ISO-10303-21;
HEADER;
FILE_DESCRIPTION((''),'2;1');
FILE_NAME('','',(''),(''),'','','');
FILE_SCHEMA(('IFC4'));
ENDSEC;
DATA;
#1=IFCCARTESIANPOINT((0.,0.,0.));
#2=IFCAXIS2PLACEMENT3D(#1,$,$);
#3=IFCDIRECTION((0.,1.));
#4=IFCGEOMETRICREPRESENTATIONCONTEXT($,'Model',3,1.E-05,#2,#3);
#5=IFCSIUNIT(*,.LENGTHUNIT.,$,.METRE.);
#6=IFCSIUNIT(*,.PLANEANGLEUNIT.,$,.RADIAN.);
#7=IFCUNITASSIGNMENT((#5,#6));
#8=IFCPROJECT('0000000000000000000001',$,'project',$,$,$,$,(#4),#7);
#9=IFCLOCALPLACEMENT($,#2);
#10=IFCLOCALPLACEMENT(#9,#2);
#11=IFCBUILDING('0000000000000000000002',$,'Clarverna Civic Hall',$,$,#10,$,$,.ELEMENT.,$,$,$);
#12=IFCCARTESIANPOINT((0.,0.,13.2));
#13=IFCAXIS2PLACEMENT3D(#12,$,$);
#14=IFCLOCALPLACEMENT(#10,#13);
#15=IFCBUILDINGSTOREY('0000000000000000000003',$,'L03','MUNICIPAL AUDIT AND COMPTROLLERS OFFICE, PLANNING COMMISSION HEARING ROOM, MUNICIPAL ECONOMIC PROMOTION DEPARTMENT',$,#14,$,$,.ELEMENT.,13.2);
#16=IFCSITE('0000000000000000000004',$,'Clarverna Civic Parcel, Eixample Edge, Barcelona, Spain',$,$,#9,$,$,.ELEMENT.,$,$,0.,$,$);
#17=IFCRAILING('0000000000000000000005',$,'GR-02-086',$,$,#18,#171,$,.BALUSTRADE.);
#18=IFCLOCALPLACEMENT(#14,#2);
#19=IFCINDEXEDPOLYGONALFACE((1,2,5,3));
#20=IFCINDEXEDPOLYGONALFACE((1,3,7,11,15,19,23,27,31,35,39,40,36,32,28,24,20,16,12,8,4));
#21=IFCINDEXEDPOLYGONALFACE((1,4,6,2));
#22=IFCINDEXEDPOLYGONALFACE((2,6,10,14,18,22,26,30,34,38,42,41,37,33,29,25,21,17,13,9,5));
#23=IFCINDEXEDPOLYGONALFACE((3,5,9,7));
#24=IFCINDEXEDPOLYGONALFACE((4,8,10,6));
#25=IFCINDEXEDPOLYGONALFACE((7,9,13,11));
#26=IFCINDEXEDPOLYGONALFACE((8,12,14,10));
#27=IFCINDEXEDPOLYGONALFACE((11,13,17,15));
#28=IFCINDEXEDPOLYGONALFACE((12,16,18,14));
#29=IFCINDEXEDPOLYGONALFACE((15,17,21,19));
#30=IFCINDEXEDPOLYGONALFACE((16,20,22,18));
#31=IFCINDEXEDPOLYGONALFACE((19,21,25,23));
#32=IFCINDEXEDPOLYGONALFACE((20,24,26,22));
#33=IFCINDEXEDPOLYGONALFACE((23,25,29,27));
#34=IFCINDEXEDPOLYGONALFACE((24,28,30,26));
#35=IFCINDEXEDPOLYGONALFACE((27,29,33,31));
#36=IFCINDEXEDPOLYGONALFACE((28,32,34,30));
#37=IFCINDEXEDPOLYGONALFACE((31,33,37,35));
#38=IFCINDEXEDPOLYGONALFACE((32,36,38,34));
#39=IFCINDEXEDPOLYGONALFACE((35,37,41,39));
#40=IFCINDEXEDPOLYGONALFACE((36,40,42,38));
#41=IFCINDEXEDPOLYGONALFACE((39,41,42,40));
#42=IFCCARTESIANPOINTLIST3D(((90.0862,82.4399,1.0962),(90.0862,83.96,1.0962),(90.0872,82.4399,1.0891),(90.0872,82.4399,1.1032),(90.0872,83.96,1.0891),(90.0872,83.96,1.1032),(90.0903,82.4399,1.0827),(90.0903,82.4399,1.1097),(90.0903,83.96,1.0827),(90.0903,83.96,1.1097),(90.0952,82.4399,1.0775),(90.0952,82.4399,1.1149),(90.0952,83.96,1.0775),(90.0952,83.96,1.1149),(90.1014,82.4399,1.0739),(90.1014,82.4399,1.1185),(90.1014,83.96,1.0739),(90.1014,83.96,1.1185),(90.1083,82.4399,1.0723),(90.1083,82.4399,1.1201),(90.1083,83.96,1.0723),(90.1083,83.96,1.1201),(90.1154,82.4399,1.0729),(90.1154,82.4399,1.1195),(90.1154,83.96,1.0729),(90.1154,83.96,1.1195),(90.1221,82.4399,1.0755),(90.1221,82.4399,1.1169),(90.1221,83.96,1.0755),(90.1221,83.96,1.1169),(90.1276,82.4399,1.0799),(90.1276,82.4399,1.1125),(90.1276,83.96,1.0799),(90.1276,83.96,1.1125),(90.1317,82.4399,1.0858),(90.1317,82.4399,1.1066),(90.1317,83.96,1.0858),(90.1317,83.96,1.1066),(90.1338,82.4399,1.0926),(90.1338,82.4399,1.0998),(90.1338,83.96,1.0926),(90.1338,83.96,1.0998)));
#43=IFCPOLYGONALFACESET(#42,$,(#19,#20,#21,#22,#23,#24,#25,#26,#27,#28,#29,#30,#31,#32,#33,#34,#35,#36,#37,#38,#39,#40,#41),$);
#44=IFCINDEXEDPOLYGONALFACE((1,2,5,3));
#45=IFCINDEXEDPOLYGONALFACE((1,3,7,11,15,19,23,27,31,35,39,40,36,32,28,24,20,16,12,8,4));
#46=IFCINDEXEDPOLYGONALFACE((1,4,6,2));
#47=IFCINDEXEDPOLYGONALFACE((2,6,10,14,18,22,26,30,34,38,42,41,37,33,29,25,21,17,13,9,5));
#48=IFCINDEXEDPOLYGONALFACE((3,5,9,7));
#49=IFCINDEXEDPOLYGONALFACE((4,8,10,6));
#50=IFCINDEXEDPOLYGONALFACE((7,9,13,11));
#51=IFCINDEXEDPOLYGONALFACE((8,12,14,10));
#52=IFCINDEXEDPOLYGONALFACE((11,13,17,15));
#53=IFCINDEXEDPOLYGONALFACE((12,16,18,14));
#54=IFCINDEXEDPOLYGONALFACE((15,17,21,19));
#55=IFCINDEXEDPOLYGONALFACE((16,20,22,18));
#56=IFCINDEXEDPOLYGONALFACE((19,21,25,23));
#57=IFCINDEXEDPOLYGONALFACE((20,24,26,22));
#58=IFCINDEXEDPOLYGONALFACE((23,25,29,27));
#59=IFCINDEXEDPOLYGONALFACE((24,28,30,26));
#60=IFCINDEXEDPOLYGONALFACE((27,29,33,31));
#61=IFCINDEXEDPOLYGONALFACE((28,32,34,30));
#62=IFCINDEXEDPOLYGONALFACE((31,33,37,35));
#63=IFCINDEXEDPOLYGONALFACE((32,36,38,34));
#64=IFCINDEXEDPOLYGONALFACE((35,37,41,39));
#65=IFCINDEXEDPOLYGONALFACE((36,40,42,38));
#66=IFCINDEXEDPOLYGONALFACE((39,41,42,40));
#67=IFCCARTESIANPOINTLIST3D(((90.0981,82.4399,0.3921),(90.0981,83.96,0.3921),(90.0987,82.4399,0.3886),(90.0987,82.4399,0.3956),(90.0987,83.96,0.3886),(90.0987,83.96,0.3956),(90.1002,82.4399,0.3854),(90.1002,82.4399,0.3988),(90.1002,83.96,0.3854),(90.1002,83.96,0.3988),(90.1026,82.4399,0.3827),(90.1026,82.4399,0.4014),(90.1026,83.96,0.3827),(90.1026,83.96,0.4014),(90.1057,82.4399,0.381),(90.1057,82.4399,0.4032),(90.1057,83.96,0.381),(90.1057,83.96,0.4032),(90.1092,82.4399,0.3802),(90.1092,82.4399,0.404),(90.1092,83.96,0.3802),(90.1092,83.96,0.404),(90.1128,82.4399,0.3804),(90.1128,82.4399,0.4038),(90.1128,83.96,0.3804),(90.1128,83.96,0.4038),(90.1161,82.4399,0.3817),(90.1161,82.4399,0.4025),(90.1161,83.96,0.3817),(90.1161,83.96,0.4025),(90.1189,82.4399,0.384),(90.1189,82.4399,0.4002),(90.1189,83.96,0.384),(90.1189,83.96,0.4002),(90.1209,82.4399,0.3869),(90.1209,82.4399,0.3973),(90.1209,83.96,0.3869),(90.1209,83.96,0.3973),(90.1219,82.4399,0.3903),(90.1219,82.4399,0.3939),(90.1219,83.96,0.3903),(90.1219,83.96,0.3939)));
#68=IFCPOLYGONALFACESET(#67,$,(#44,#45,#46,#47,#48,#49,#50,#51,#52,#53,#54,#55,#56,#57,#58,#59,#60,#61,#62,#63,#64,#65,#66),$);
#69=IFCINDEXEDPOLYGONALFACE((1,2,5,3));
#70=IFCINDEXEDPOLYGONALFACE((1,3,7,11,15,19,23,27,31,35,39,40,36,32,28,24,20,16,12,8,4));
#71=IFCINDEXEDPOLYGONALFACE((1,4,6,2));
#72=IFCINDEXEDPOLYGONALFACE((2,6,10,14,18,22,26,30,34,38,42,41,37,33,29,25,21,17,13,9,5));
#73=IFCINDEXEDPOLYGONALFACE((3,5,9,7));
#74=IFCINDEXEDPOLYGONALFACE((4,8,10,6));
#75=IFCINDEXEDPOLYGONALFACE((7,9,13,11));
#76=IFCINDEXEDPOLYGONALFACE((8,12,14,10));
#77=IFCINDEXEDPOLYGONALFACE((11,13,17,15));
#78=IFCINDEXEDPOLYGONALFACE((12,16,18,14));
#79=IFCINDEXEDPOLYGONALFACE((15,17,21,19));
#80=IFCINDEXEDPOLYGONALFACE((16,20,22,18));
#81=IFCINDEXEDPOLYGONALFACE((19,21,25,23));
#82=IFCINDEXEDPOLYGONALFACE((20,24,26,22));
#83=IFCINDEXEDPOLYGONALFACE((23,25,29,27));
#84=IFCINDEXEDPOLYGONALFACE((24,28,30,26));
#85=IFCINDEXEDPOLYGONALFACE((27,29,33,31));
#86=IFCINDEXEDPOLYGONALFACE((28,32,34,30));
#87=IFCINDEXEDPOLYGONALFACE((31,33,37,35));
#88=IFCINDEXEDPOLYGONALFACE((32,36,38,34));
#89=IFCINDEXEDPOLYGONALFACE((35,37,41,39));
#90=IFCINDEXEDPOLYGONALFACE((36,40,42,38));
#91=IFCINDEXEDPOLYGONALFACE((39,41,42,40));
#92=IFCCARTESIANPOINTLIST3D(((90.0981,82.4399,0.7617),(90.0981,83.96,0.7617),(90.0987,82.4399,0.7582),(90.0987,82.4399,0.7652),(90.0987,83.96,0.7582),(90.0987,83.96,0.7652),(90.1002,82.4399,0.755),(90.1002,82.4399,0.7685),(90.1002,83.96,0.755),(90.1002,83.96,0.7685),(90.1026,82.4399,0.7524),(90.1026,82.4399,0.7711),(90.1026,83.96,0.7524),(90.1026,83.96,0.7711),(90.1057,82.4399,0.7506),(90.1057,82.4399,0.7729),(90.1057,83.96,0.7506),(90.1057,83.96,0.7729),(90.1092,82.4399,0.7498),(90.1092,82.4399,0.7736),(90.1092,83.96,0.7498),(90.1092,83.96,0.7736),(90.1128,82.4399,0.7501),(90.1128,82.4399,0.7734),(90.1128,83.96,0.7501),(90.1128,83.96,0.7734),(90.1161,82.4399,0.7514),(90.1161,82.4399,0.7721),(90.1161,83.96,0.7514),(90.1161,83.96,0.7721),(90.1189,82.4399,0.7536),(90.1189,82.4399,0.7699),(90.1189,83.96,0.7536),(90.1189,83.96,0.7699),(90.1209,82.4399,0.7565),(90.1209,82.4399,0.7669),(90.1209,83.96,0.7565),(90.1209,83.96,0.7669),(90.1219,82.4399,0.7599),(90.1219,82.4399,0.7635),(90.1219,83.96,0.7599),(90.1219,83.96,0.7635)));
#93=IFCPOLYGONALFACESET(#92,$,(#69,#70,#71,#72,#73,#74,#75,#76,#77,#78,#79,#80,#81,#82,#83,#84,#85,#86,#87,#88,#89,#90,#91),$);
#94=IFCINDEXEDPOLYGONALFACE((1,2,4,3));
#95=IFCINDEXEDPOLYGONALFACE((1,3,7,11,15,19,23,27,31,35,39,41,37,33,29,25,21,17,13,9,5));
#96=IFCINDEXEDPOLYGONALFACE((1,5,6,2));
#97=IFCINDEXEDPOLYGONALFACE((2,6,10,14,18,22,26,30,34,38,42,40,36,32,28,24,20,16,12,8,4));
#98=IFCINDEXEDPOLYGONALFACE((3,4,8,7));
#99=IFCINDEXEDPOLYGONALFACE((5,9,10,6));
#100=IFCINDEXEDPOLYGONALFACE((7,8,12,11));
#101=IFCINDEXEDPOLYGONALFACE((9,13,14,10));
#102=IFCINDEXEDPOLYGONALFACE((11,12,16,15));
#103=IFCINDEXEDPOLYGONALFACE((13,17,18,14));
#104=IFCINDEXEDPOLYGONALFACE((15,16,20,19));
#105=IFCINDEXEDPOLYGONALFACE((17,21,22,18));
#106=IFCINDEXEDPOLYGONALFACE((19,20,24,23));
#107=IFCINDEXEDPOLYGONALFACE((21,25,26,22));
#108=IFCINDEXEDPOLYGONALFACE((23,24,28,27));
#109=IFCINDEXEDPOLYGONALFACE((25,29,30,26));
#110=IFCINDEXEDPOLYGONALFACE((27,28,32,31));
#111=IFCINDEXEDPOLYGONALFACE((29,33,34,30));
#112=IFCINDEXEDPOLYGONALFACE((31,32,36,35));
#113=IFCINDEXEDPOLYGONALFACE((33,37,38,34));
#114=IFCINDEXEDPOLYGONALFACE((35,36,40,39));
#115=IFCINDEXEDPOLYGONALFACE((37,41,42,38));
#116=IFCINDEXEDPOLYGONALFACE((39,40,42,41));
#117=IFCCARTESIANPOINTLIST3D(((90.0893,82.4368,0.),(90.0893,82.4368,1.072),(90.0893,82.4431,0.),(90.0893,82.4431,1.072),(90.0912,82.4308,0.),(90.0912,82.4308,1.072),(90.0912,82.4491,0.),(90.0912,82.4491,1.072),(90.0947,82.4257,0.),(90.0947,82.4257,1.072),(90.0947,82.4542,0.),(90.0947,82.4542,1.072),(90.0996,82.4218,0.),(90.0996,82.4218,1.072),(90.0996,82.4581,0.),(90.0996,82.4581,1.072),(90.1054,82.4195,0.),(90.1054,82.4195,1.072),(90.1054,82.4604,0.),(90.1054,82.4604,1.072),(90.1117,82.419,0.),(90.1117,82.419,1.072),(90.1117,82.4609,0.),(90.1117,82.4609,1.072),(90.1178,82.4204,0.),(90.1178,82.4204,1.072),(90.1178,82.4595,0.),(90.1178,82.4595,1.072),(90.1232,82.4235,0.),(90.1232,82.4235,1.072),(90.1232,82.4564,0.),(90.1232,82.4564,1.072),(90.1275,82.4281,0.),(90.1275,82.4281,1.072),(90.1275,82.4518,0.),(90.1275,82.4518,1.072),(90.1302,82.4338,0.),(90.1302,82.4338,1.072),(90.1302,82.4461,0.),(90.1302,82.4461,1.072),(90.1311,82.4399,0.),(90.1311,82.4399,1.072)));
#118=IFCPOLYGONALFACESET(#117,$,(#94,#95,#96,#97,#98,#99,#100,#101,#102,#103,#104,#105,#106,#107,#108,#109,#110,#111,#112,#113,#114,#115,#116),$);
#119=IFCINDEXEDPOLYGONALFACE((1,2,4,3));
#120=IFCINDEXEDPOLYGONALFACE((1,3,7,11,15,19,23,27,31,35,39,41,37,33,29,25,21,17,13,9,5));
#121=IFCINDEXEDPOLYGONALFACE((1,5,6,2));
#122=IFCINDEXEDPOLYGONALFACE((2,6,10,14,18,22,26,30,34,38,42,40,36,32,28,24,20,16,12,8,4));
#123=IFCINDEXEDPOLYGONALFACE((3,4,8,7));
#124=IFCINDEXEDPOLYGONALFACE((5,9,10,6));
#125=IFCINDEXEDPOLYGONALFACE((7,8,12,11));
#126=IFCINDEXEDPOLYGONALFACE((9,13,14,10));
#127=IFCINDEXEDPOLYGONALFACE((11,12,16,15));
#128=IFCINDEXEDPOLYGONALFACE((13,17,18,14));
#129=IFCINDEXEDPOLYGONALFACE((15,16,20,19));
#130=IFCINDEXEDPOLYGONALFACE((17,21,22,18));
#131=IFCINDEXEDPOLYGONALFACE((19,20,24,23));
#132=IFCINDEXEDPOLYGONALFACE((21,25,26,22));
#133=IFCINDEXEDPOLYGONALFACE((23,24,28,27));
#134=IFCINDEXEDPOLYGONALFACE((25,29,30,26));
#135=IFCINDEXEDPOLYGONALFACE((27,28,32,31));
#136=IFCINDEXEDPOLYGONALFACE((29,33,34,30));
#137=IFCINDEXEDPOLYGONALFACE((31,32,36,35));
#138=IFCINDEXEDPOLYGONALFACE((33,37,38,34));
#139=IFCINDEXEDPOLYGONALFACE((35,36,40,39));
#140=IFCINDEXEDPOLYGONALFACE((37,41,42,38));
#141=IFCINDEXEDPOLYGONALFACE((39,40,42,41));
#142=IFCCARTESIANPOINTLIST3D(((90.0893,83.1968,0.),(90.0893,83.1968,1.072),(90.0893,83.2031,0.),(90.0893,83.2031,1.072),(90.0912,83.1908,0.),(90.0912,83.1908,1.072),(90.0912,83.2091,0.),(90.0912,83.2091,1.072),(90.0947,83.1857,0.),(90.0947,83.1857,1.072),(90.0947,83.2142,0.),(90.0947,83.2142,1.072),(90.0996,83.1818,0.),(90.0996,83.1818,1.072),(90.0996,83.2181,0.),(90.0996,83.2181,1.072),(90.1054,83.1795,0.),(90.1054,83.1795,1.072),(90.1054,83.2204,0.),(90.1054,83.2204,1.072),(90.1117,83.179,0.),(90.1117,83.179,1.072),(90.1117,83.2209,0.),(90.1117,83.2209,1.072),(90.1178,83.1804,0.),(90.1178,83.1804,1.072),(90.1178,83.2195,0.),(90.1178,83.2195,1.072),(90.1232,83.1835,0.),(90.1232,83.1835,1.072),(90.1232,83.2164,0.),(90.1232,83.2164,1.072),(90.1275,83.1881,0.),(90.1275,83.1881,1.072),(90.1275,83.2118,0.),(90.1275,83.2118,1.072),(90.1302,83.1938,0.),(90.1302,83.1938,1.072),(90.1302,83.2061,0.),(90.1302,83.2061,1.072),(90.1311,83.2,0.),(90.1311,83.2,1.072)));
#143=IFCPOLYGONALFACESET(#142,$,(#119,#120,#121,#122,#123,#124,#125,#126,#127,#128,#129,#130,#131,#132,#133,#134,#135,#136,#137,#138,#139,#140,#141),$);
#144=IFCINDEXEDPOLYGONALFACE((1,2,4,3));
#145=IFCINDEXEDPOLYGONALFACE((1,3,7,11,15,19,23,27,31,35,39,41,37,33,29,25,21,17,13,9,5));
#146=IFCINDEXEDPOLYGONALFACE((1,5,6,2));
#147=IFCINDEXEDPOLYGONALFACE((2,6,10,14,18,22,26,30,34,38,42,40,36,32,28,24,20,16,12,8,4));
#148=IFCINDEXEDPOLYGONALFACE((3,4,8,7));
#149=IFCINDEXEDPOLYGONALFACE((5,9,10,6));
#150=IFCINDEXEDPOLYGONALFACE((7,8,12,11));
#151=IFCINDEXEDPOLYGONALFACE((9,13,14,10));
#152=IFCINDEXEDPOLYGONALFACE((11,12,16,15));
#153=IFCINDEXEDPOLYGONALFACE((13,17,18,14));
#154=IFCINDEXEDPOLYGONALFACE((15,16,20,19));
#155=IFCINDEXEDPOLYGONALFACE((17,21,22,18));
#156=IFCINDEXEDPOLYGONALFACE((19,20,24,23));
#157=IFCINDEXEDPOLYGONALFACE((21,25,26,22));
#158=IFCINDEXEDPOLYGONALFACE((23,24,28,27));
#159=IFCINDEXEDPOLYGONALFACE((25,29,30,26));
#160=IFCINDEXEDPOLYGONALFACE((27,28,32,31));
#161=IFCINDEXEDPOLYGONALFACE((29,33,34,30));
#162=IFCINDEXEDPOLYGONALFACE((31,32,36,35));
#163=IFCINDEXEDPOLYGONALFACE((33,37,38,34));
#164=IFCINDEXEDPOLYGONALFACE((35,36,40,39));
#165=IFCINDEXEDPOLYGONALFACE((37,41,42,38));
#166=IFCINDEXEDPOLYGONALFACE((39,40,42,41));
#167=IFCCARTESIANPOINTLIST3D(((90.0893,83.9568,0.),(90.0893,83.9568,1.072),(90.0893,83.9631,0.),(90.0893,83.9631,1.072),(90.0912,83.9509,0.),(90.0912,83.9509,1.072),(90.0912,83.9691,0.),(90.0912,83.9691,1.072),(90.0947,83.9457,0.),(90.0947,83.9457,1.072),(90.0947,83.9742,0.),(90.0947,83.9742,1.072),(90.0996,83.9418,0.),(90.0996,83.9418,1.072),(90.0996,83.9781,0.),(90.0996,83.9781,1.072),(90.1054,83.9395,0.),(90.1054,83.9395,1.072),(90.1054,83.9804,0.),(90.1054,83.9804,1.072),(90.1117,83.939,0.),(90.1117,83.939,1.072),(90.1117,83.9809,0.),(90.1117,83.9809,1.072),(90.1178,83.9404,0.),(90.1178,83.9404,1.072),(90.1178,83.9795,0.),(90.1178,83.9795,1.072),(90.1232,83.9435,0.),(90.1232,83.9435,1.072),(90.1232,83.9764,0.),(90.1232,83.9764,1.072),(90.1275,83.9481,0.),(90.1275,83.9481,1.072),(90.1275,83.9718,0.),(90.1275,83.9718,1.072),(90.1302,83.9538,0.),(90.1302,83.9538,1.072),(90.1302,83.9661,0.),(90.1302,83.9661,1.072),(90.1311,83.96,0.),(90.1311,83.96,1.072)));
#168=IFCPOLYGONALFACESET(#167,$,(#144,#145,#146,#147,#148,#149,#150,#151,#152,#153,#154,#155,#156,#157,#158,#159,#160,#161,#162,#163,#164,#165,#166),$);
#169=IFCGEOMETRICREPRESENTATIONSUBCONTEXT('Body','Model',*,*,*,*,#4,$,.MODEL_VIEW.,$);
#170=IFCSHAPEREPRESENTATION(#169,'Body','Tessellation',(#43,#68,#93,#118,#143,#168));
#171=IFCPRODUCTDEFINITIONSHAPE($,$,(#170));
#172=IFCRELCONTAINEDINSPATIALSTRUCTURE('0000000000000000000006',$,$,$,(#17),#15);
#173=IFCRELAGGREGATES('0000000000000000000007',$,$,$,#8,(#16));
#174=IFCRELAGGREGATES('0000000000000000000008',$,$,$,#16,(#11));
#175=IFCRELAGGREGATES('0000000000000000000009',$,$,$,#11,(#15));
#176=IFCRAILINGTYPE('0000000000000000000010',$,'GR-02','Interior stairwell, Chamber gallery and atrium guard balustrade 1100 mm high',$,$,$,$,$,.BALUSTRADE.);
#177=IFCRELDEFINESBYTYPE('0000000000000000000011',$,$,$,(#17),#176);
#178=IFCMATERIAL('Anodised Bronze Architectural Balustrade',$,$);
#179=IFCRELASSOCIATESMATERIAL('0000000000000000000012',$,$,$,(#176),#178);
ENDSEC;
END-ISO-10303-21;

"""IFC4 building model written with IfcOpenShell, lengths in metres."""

from ifc_helpers import new_model, si_unit, direction, frame, origin, origin_2d, place, context, subcontext, project, spatial, circle, extrude, material, type_object, element, save


model = new_model("IFC4")

# Units and contexts
model_context = context("Model", 3, precision=1e-05, world=origin(), true_north=direction((0.0, 1.0)))
body_context = subcontext(model_context, "Body", "Model", "MODEL_VIEW")
ifc_project = project(units=[si_unit("LENGTHUNIT", "METRE"), si_unit("PLANEANGLEUNIT", "RADIAN")], contexts=[model_context])

# Site, building, storey
site_placement = place(None, origin())
site = spatial("IfcSite", under=ifc_project, at=site_placement, Name="Clarverna Civic Parcel, Eixample Edge, Barcelona, Spain", CompositionType="ELEMENT", RefElevation=0.0)
building_placement = place(site_placement, origin())
building = spatial("IfcBuilding", under=site, at=building_placement, Name="Clarverna Civic Hall", CompositionType="ELEMENT")
storey_placement = place(building_placement, frame((0.0, 0.0, 13.2)))
storey = spatial("IfcBuildingStorey", under=building, at=storey_placement, Name="L03", Description="MUNICIPAL AUDIT AND COMPTROLLERS OFFICE, PLANNING COMMISSION HEARING ROOM, MUNICIPAL ECONOMIC PROMOTION DEPARTMENT", CompositionType="ELEMENT", Elevation=13.2)

# Railing
ifc_material_1 = material(Name="Anodised Bronze Architectural Balustrade")
railing_type_1 = type_object("IfcRailingType", Name="GR-02", Description="Interior stairwell, Chamber gallery and atrium guard balustrade 1100 mm high", PredefinedType="BALUSTRADE", material=ifc_material_1)
railing_1_placement = place(storey_placement, frame((90.1101, 82.4399, 0.0)))
element("IfcRailing", 1, at=railing_1_placement, inside=storey, type_object=railing_type_1, Name="GR-02-086", PredefinedType="BALUSTRADE", context=body_context, shape_type="SweptSolid", body=[
    extrude(circle(Radius=0.0239, at=origin_2d()), frame((0.0, 0.0, 1.0962), z_axis=(0.0, 1.0, 0.0), x_axis=(-1.0, 0.0, 0.0)), (0.0, 0.0, 1.0), 1.52),
    extrude(circle(Radius=0.012, at=origin_2d()), frame((0.0, 0.0, 0.3921), z_axis=(0.0, 1.0, 0.0), x_axis=(-1.0, 0.0, 0.0)), (0.0, 0.0, 1.0), 1.52),
    extrude(circle(Radius=0.012, at=origin_2d()), frame((0.0, 0.0, 0.7617), z_axis=(0.0, 1.0, 0.0), x_axis=(-1.0, 0.0, 0.0)), (0.0, 0.0, 1.0), 1.52),
    extrude(circle(Radius=0.021, at=origin_2d()), origin(), (0.0, 0.0, 1.0), 1.072),
    extrude(circle(Radius=0.021, at=origin_2d()), frame((0.0, 0.76, 0.0)), (0.0, 0.0, 1.0), 1.072),
    extrude(circle(Radius=0.021, at=origin_2d()), frame((0.0, 1.52, 0.0)), (0.0, 0.0, 1.0), 1.072),
])

save(model, "model.ifc")
